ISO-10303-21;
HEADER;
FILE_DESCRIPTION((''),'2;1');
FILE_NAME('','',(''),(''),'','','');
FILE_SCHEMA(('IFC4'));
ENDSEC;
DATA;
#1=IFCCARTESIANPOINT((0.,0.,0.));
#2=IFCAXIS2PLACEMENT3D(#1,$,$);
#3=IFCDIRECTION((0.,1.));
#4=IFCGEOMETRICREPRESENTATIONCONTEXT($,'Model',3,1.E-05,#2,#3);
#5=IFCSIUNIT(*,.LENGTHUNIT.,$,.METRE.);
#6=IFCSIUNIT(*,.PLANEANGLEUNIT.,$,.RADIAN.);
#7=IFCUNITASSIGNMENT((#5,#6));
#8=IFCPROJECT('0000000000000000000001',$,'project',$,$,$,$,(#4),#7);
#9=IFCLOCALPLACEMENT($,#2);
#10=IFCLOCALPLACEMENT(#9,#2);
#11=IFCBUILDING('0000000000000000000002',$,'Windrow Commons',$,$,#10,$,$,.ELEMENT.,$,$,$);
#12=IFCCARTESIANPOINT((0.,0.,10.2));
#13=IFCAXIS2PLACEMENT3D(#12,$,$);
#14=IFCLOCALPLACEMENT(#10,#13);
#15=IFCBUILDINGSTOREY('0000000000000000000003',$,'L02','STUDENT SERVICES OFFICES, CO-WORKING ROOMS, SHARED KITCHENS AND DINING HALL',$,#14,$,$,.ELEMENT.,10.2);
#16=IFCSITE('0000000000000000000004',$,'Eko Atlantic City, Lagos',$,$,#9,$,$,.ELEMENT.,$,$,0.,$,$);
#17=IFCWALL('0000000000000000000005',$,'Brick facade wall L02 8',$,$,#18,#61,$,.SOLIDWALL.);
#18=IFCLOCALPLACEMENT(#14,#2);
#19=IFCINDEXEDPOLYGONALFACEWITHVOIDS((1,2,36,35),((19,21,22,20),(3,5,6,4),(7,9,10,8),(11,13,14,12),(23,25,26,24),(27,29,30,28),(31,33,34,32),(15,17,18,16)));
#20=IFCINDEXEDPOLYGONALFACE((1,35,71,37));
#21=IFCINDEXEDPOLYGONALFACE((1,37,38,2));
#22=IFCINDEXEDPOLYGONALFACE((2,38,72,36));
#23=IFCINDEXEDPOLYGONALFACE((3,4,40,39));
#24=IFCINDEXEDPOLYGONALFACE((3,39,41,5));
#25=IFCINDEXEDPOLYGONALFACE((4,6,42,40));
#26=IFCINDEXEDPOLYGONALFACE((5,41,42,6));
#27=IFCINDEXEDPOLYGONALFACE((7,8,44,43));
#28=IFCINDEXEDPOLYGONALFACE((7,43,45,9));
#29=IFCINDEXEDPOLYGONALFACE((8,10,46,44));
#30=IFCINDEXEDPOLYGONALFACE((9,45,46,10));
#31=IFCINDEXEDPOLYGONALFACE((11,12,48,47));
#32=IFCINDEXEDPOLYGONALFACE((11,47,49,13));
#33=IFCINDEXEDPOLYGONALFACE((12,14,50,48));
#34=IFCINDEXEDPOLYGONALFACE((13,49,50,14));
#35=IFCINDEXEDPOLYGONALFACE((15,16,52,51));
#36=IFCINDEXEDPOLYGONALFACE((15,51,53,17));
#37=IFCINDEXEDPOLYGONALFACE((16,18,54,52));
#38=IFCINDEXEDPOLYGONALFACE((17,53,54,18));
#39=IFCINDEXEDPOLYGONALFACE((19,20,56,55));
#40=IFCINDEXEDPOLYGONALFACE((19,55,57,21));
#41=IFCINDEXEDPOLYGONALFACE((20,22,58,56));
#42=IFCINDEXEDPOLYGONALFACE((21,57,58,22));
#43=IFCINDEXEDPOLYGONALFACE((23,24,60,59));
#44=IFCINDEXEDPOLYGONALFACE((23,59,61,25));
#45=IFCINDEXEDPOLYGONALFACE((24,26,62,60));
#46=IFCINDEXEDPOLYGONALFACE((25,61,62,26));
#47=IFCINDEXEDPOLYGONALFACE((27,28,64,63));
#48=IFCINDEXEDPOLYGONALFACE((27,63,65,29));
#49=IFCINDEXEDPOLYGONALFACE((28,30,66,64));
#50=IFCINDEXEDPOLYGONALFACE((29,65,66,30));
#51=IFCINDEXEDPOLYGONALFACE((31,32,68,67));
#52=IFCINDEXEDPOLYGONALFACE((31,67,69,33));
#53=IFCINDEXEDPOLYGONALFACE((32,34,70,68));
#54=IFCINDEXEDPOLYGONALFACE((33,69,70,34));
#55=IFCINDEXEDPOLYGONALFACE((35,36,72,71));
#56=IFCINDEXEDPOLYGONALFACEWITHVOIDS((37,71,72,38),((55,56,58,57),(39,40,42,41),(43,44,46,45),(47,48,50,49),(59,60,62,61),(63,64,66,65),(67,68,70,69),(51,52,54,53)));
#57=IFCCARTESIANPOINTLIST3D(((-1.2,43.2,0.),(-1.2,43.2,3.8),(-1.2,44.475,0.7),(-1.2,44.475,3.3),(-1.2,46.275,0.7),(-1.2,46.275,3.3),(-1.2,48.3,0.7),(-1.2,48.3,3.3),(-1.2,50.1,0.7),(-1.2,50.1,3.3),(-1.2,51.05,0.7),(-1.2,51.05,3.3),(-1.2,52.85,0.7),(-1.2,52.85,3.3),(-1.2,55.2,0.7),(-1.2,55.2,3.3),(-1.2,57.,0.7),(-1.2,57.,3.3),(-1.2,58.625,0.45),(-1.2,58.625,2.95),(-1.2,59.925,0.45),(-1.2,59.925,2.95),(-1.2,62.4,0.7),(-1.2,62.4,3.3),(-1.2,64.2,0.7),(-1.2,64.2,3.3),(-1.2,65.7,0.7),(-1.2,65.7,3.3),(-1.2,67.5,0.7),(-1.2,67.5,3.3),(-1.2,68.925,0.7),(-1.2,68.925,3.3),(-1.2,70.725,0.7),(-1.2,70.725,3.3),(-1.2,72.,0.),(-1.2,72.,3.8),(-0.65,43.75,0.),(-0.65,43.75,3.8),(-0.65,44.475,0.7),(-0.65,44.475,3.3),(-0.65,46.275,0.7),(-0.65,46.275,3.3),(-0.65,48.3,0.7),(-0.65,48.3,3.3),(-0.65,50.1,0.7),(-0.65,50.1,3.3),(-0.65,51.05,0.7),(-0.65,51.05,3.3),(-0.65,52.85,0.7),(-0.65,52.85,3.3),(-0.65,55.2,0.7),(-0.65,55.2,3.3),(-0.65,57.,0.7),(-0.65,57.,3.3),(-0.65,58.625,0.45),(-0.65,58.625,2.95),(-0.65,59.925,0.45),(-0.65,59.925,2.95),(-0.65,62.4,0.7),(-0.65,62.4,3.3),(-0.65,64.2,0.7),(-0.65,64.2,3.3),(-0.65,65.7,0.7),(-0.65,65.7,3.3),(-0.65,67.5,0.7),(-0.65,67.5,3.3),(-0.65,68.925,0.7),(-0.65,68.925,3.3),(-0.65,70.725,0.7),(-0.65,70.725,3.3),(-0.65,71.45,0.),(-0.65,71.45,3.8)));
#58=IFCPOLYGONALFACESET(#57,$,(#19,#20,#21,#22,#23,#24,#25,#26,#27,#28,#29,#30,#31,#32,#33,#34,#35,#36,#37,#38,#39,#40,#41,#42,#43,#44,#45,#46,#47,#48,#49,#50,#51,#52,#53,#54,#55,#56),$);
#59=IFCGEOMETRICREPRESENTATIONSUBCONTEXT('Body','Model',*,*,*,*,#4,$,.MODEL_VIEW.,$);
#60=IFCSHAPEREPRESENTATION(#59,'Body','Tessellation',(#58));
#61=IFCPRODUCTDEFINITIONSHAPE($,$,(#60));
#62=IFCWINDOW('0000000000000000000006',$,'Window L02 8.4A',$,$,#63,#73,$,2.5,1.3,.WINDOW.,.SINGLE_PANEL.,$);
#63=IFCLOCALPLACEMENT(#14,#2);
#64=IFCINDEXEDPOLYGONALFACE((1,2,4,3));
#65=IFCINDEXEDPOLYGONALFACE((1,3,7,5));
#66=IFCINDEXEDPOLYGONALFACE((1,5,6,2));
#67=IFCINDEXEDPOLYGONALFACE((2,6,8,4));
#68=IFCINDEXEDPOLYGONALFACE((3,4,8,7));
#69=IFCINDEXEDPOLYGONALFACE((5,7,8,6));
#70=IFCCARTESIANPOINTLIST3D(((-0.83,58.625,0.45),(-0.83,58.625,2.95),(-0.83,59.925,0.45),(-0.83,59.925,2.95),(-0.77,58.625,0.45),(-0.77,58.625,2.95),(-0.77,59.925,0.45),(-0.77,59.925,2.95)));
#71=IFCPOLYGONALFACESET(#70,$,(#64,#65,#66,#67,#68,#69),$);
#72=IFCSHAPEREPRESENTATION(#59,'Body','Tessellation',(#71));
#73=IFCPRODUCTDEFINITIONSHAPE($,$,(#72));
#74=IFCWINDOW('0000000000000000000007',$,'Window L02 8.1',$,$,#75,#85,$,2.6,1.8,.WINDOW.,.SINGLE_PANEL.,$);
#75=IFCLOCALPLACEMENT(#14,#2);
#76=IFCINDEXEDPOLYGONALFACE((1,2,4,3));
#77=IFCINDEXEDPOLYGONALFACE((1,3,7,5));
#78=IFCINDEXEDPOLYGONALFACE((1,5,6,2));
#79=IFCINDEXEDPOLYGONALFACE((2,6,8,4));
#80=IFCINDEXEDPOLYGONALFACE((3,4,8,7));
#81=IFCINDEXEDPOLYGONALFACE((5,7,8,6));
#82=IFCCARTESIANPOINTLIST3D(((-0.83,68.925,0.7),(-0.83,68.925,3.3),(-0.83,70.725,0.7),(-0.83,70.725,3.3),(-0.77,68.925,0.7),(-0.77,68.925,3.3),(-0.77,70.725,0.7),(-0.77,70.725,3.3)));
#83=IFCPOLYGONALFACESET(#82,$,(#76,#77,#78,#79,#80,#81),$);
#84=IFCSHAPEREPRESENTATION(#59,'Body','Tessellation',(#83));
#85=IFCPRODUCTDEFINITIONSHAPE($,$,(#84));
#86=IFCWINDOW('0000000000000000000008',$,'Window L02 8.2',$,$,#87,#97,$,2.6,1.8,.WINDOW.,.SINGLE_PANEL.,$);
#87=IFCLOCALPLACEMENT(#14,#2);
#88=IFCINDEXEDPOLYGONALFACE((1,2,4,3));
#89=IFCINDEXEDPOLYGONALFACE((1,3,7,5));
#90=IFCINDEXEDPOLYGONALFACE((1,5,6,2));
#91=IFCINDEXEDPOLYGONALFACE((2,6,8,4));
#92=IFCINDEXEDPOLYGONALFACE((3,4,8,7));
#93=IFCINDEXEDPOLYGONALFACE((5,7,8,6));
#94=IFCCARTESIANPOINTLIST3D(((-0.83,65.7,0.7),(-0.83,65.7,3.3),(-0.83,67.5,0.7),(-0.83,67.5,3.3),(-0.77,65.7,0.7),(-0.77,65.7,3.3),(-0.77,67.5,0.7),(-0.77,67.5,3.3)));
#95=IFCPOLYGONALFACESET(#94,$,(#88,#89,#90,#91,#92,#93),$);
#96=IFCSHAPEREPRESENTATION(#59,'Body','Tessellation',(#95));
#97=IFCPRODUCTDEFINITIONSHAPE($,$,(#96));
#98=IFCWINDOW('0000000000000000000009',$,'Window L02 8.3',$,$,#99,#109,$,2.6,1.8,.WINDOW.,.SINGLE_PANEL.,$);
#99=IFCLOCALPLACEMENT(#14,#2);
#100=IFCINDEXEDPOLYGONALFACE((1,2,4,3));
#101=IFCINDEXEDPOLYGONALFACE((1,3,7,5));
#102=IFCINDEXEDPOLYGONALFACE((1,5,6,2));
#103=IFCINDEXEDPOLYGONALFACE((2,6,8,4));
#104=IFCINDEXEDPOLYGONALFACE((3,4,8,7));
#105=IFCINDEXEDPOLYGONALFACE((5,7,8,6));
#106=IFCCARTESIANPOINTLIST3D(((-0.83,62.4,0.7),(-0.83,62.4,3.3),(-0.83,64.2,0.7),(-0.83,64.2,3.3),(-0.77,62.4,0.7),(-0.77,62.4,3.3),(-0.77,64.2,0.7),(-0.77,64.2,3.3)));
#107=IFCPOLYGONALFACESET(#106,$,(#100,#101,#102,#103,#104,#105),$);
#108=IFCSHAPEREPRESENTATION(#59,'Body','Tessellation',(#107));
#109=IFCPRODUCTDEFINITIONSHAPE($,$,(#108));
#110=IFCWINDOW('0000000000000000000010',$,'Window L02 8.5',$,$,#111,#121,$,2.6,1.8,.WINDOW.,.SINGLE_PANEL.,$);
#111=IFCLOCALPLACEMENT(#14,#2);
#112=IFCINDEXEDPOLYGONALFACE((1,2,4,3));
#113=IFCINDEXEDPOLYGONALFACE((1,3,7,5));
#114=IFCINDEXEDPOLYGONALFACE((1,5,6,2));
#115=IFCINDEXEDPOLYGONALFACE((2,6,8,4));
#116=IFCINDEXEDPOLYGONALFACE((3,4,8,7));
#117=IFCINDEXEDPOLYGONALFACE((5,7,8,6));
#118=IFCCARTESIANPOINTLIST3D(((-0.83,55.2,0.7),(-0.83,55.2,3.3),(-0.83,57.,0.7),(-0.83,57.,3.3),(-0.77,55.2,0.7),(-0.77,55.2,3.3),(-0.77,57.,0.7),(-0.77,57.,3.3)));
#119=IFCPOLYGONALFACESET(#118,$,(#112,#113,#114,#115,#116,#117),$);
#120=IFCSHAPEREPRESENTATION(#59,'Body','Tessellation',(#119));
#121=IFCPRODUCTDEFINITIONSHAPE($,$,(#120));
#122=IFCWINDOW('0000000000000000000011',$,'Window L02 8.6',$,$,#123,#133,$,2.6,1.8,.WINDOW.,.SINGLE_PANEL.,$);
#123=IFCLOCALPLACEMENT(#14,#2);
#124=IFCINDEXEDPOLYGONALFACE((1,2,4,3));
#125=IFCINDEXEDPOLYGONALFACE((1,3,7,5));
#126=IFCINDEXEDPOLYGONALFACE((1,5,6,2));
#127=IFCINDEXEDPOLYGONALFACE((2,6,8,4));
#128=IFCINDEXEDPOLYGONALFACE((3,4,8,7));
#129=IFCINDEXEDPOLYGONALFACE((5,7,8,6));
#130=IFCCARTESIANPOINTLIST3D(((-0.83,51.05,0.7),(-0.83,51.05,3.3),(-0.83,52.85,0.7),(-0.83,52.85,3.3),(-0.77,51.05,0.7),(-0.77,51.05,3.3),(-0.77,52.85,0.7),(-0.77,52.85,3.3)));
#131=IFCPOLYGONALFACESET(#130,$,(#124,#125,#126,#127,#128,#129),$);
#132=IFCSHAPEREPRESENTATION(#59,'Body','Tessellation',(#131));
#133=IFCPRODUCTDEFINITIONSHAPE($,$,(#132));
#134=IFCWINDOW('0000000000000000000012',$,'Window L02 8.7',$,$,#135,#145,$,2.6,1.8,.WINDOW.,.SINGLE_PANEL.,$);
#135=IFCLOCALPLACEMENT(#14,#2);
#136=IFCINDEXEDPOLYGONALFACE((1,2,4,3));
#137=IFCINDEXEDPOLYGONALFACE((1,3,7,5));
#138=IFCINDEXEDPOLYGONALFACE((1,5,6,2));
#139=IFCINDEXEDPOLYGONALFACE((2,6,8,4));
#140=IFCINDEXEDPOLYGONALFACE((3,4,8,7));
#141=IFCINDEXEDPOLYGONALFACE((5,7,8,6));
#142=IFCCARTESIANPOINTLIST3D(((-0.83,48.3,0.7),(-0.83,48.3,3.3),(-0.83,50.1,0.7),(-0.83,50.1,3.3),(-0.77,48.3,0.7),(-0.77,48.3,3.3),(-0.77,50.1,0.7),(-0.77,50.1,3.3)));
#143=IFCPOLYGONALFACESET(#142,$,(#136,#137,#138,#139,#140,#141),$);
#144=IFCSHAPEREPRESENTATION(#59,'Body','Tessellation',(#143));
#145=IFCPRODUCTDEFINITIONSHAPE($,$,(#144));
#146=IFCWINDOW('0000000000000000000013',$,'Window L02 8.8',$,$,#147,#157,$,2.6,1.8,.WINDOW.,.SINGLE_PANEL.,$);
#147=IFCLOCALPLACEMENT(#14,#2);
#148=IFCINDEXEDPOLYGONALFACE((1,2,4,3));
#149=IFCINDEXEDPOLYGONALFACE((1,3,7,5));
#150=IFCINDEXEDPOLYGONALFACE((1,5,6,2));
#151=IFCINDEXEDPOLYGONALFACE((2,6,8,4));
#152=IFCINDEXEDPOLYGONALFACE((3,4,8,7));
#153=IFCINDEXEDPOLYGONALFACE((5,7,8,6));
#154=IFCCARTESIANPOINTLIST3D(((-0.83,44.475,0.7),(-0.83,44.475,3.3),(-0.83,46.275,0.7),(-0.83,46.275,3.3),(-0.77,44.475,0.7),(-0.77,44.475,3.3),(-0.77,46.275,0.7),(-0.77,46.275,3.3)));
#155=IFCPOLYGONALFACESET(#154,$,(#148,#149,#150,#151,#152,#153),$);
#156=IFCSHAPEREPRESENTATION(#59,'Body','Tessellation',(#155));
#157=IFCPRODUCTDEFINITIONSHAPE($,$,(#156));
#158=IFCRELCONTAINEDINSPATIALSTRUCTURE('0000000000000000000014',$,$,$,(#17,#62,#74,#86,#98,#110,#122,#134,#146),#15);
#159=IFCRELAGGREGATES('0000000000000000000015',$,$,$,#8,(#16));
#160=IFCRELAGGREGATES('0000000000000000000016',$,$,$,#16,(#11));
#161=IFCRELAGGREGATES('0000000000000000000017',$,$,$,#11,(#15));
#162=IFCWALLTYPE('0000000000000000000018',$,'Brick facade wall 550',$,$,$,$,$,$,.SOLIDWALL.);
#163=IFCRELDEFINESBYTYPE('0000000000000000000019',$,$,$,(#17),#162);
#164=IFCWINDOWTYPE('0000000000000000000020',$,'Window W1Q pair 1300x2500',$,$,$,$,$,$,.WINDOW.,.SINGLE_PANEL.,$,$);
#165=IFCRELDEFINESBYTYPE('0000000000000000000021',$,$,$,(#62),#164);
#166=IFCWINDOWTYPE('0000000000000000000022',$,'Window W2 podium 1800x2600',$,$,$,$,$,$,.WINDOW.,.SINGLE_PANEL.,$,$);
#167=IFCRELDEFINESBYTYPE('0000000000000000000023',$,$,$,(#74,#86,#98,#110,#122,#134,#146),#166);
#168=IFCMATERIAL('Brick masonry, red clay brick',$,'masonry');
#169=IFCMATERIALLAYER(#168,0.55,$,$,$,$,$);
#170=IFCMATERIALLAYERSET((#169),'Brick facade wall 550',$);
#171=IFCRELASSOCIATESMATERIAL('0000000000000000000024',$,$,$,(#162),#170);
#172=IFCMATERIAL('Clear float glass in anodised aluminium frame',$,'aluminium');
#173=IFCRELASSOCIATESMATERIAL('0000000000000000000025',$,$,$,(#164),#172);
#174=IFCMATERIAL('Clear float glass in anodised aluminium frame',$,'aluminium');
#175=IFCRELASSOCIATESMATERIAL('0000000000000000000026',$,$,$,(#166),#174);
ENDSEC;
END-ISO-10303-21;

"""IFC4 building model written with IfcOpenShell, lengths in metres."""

from ifc_helpers import new_model, si_unit, direction, frame, frame_2d, origin, place, context, subcontext, project, spatial, polyline, rectangle, outline, extrude, material, layer, layer_set, type_object, element, fill, save


model = new_model("IFC4")

# Units and contexts
model_context = context("Model", 3, precision=1e-05, world=origin(), true_north=direction((0.0, 1.0)))
body_context = subcontext(model_context, "Body", "Model", "MODEL_VIEW")
ifc_project = project(units=[si_unit("LENGTHUNIT", "METRE"), si_unit("PLANEANGLEUNIT", "RADIAN")], contexts=[model_context])

# Site, building, storey
site_placement = place(None, origin())
site = spatial("IfcSite", under=ifc_project, at=site_placement, Name="Eko Atlantic City, Lagos", CompositionType="ELEMENT", RefElevation=0.0)
building_placement = place(site_placement, origin())
building = spatial("IfcBuilding", under=site, at=building_placement, Name="Windrow Commons", CompositionType="ELEMENT")
storey_placement = place(building_placement, frame((0.0, 0.0, 10.2)))
storey = spatial("IfcBuildingStorey", under=building, at=storey_placement, Name="L02", Description="STUDENT SERVICES OFFICES, CO-WORKING ROOMS, SHARED KITCHENS AND DINING HALL", CompositionType="ELEMENT", Elevation=10.2)

# Shared definitions
ifc_material_1 = material(Name="Brick masonry, red clay brick", Category="masonry")
ifc_layer_1 = layer(ifc_material_1, 0.55)
ifc_layer_set_1 = layer_set([ifc_layer_1], Name="Brick facade wall 550")
wall_type_1 = type_object("IfcWallType", Name="Brick facade wall 550", PredefinedType="SOLIDWALL", material=ifc_layer_set_1)

# Wall, openings, windows
wall_1_placement = place(storey_placement, frame((-0.925, 71.725, 0.0), z_axis=(0.0, 0.0, 1.0), x_axis=(0.0, -1.0, 0.0)))
wall_1 = element("IfcWall", 1, at=wall_1_placement, inside=storey, type_object=wall_type_1, Name="Brick facade wall L02 8", PredefinedType="SOLIDWALL", context=body_context, shape_type="SweptSolid", body=[
    extrude(outline(polyline([(-0.275, -0.275), (28.525, -0.275), (27.975, 0.275), (0.275, 0.275), (-0.275, -0.275)])), origin(), (0.0, 0.0, 1.0), 3.8),
])
opening_1_placement = place(wall_1_placement, frame((1.0, 0.0, 0.7)))
opening_1 = element("IfcOpeningElement", 2, at=opening_1_placement, cuts=wall_1, PredefinedType="OPENING", context=body_context, shape_type="SweptSolid", body=[
    extrude(rectangle(XDim=1.8, YDim=2.6, at=frame_2d((0.9, 1.3))), frame((0.0, 0.285, 0.0), z_axis=(0.0, -1.0, 0.0), x_axis=(1.0, 0.0, 0.0)), (0.0, 0.0, 1.0), 0.57),
])
opening_2_placement = place(wall_1_placement, frame((4.225, 0.0, 0.7)))
opening_2 = element("IfcOpeningElement", 3, at=opening_2_placement, cuts=wall_1, PredefinedType="OPENING", context=body_context, shape_type="SweptSolid", body=[
    extrude(rectangle(XDim=1.8, YDim=2.6, at=frame_2d((0.9, 1.3))), frame((0.0, 0.285, 0.0), z_axis=(0.0, -1.0, 0.0), x_axis=(1.0, 0.0, 0.0)), (0.0, 0.0, 1.0), 0.57),
])
opening_3_placement = place(wall_1_placement, frame((7.525, 0.0, 0.7)))
opening_3 = element("IfcOpeningElement", 4, at=opening_3_placement, cuts=wall_1, PredefinedType="OPENING", context=body_context, shape_type="SweptSolid", body=[
    extrude(rectangle(XDim=1.8, YDim=2.6, at=frame_2d((0.9, 1.3))), frame((0.0, 0.285, 0.0), z_axis=(0.0, -1.0, 0.0), x_axis=(1.0, 0.0, 0.0)), (0.0, 0.0, 1.0), 0.57),
])
opening_4_placement = place(wall_1_placement, frame((14.725, 0.0, 0.7)))
opening_4 = element("IfcOpeningElement", 5, at=opening_4_placement, cuts=wall_1, PredefinedType="OPENING", context=body_context, shape_type="SweptSolid", body=[
    extrude(rectangle(XDim=1.8, YDim=2.6, at=frame_2d((0.9, 1.3))), frame((0.0, 0.285, 0.0), z_axis=(0.0, -1.0, 0.0), x_axis=(1.0, 0.0, 0.0)), (0.0, 0.0, 1.0), 0.57),
])
opening_5_placement = place(wall_1_placement, frame((18.875, 0.0, 0.7)))
opening_5 = element("IfcOpeningElement", 6, at=opening_5_placement, cuts=wall_1, PredefinedType="OPENING", context=body_context, shape_type="SweptSolid", body=[
    extrude(rectangle(XDim=1.8, YDim=2.6, at=frame_2d((0.9, 1.3))), frame((0.0, 0.285, 0.0), z_axis=(0.0, -1.0, 0.0), x_axis=(1.0, 0.0, 0.0)), (0.0, 0.0, 1.0), 0.57),
])
opening_6_placement = place(wall_1_placement, frame((21.625, 0.0, 0.7)))
opening_6 = element("IfcOpeningElement", 7, at=opening_6_placement, cuts=wall_1, PredefinedType="OPENING", context=body_context, shape_type="SweptSolid", body=[
    extrude(rectangle(XDim=1.8, YDim=2.6, at=frame_2d((0.9, 1.3))), frame((0.0, 0.285, 0.0), z_axis=(0.0, -1.0, 0.0), x_axis=(1.0, 0.0, 0.0)), (0.0, 0.0, 1.0), 0.57),
])
opening_7_placement = place(wall_1_placement, frame((25.45, 0.0, 0.7)))
opening_7 = element("IfcOpeningElement", 8, at=opening_7_placement, cuts=wall_1, PredefinedType="OPENING", context=body_context, shape_type="SweptSolid", body=[
    extrude(rectangle(XDim=1.8, YDim=2.6, at=frame_2d((0.9, 1.3))), frame((0.0, 0.285, 0.0), z_axis=(0.0, -1.0, 0.0), x_axis=(1.0, 0.0, 0.0)), (0.0, 0.0, 1.0), 0.57),
])
opening_8_placement = place(wall_1_placement, frame((11.8, 0.0, 0.45)))
opening_8 = element("IfcOpeningElement", 9, at=opening_8_placement, cuts=wall_1, PredefinedType="OPENING", context=body_context, shape_type="SweptSolid", body=[
    extrude(rectangle(XDim=1.3, YDim=2.5, at=frame_2d((0.65, 1.25))), frame((0.0, 0.285, 0.0), z_axis=(0.0, -1.0, 0.0), x_axis=(1.0, 0.0, 0.0)), (0.0, 0.0, 1.0), 0.57),
])
ifc_material_2 = material(Name="Clear float glass in anodised aluminium frame", Category="aluminium")
window_type_1 = type_object("IfcWindowType", Name="Window W1Q pair 1300x2500", PartitioningType="SINGLE_PANEL", PredefinedType="WINDOW", material=ifc_material_2)
window_1_placement = place(opening_8_placement, origin())
window_1 = element("IfcWindow", 10, at=window_1_placement, inside=storey, type_object=window_type_1, Name="Window L02 8.4A", OverallHeight=2.5, OverallWidth=1.3, PartitioningType="SINGLE_PANEL", PredefinedType="WINDOW", context=body_context, shape_type="SweptSolid", body=[
    extrude(rectangle(XDim=1.3, YDim=2.5, at=frame_2d((0.65, 1.25))), frame((0.0, 0.155, 0.0), z_axis=(0.0, -1.0, 0.0), x_axis=(1.0, 0.0, 0.0)), (0.0, 0.0, 1.0), 0.06),
])
fill(opening_8, window_1)
ifc_material_3 = material(Name="Clear float glass in anodised aluminium frame", Category="aluminium")
window_type_2 = type_object("IfcWindowType", Name="Window W2 podium 1800x2600", PartitioningType="SINGLE_PANEL", PredefinedType="WINDOW", material=ifc_material_3)
window_2_placement = place(opening_1_placement, origin())
window_2 = element("IfcWindow", 11, at=window_2_placement, inside=storey, type_object=window_type_2, Name="Window L02 8.1", OverallHeight=2.6, OverallWidth=1.8, PartitioningType="SINGLE_PANEL", PredefinedType="WINDOW", context=body_context, shape_type="SweptSolid", body=[
    extrude(rectangle(XDim=1.8, YDim=2.6, at=frame_2d((0.9, 1.3))), frame((0.0, 0.155, 0.0), z_axis=(0.0, -1.0, 0.0), x_axis=(1.0, 0.0, 0.0)), (0.0, 0.0, 1.0), 0.06),
])
fill(opening_1, window_2)
window_3_placement = place(opening_2_placement, origin())
window_3 = element("IfcWindow", 12, at=window_3_placement, inside=storey, type_object=window_type_2, Name="Window L02 8.2", OverallHeight=2.6, OverallWidth=1.8, PartitioningType="SINGLE_PANEL", PredefinedType="WINDOW", context=body_context, shape_type="SweptSolid", body=[
    extrude(rectangle(XDim=1.8, YDim=2.6, at=frame_2d((0.9, 1.3))), frame((0.0, 0.155, 0.0), z_axis=(0.0, -1.0, 0.0), x_axis=(1.0, 0.0, 0.0)), (0.0, 0.0, 1.0), 0.06),
])
fill(opening_2, window_3)
window_4_placement = place(opening_3_placement, origin())
window_4 = element("IfcWindow", 13, at=window_4_placement, inside=storey, type_object=window_type_2, Name="Window L02 8.3", OverallHeight=2.6, OverallWidth=1.8, PartitioningType="SINGLE_PANEL", PredefinedType="WINDOW", context=body_context, shape_type="SweptSolid", body=[
    extrude(rectangle(XDim=1.8, YDim=2.6, at=frame_2d((0.9, 1.3))), frame((0.0, 0.155, 0.0), z_axis=(0.0, -1.0, 0.0), x_axis=(1.0, 0.0, 0.0)), (0.0, 0.0, 1.0), 0.06),
])
fill(opening_3, window_4)
window_5_placement = place(opening_4_placement, origin())
window_5 = element("IfcWindow", 14, at=window_5_placement, inside=storey, type_object=window_type_2, Name="Window L02 8.5", OverallHeight=2.6, OverallWidth=1.8, PartitioningType="SINGLE_PANEL", PredefinedType="WINDOW", context=body_context, shape_type="SweptSolid", body=[
    extrude(rectangle(XDim=1.8, YDim=2.6, at=frame_2d((0.9, 1.3))), frame((0.0, 0.155, 0.0), z_axis=(0.0, -1.0, 0.0), x_axis=(1.0, 0.0, 0.0)), (0.0, 0.0, 1.0), 0.06),
])
fill(opening_4, window_5)
window_6_placement = place(opening_5_placement, origin())
window_6 = element("IfcWindow", 15, at=window_6_placement, inside=storey, type_object=window_type_2, Name="Window L02 8.6", OverallHeight=2.6, OverallWidth=1.8, PartitioningType="SINGLE_PANEL", PredefinedType="WINDOW", context=body_context, shape_type="SweptSolid", body=[
    extrude(rectangle(XDim=1.8, YDim=2.6, at=frame_2d((0.9, 1.3))), frame((0.0, 0.155, 0.0), z_axis=(0.0, -1.0, 0.0), x_axis=(1.0, 0.0, 0.0)), (0.0, 0.0, 1.0), 0.06),
])
fill(opening_5, window_6)
window_7_placement = place(opening_6_placement, origin())
window_7 = element("IfcWindow", 16, at=window_7_placement, inside=storey, type_object=window_type_2, Name="Window L02 8.7", OverallHeight=2.6, OverallWidth=1.8, PartitioningType="SINGLE_PANEL", PredefinedType="WINDOW", context=body_context, shape_type="SweptSolid", body=[
    extrude(rectangle(XDim=1.8, YDim=2.6, at=frame_2d((0.9, 1.3))), frame((0.0, 0.155, 0.0), z_axis=(0.0, -1.0, 0.0), x_axis=(1.0, 0.0, 0.0)), (0.0, 0.0, 1.0), 0.06),
])
fill(opening_6, window_7)
window_8_placement = place(opening_7_placement, origin())
window_8 = element("IfcWindow", 17, at=window_8_placement, inside=storey, type_object=window_type_2, Name="Window L02 8.8", OverallHeight=2.6, OverallWidth=1.8, PartitioningType="SINGLE_PANEL", PredefinedType="WINDOW", context=body_context, shape_type="SweptSolid", body=[
    extrude(rectangle(XDim=1.8, YDim=2.6, at=frame_2d((0.9, 1.3))), frame((0.0, 0.155, 0.0), z_axis=(0.0, -1.0, 0.0), x_axis=(1.0, 0.0, 0.0)), (0.0, 0.0, 1.0), 0.06),
])
fill(opening_7, window_8)

save(model, "model.ifc")
